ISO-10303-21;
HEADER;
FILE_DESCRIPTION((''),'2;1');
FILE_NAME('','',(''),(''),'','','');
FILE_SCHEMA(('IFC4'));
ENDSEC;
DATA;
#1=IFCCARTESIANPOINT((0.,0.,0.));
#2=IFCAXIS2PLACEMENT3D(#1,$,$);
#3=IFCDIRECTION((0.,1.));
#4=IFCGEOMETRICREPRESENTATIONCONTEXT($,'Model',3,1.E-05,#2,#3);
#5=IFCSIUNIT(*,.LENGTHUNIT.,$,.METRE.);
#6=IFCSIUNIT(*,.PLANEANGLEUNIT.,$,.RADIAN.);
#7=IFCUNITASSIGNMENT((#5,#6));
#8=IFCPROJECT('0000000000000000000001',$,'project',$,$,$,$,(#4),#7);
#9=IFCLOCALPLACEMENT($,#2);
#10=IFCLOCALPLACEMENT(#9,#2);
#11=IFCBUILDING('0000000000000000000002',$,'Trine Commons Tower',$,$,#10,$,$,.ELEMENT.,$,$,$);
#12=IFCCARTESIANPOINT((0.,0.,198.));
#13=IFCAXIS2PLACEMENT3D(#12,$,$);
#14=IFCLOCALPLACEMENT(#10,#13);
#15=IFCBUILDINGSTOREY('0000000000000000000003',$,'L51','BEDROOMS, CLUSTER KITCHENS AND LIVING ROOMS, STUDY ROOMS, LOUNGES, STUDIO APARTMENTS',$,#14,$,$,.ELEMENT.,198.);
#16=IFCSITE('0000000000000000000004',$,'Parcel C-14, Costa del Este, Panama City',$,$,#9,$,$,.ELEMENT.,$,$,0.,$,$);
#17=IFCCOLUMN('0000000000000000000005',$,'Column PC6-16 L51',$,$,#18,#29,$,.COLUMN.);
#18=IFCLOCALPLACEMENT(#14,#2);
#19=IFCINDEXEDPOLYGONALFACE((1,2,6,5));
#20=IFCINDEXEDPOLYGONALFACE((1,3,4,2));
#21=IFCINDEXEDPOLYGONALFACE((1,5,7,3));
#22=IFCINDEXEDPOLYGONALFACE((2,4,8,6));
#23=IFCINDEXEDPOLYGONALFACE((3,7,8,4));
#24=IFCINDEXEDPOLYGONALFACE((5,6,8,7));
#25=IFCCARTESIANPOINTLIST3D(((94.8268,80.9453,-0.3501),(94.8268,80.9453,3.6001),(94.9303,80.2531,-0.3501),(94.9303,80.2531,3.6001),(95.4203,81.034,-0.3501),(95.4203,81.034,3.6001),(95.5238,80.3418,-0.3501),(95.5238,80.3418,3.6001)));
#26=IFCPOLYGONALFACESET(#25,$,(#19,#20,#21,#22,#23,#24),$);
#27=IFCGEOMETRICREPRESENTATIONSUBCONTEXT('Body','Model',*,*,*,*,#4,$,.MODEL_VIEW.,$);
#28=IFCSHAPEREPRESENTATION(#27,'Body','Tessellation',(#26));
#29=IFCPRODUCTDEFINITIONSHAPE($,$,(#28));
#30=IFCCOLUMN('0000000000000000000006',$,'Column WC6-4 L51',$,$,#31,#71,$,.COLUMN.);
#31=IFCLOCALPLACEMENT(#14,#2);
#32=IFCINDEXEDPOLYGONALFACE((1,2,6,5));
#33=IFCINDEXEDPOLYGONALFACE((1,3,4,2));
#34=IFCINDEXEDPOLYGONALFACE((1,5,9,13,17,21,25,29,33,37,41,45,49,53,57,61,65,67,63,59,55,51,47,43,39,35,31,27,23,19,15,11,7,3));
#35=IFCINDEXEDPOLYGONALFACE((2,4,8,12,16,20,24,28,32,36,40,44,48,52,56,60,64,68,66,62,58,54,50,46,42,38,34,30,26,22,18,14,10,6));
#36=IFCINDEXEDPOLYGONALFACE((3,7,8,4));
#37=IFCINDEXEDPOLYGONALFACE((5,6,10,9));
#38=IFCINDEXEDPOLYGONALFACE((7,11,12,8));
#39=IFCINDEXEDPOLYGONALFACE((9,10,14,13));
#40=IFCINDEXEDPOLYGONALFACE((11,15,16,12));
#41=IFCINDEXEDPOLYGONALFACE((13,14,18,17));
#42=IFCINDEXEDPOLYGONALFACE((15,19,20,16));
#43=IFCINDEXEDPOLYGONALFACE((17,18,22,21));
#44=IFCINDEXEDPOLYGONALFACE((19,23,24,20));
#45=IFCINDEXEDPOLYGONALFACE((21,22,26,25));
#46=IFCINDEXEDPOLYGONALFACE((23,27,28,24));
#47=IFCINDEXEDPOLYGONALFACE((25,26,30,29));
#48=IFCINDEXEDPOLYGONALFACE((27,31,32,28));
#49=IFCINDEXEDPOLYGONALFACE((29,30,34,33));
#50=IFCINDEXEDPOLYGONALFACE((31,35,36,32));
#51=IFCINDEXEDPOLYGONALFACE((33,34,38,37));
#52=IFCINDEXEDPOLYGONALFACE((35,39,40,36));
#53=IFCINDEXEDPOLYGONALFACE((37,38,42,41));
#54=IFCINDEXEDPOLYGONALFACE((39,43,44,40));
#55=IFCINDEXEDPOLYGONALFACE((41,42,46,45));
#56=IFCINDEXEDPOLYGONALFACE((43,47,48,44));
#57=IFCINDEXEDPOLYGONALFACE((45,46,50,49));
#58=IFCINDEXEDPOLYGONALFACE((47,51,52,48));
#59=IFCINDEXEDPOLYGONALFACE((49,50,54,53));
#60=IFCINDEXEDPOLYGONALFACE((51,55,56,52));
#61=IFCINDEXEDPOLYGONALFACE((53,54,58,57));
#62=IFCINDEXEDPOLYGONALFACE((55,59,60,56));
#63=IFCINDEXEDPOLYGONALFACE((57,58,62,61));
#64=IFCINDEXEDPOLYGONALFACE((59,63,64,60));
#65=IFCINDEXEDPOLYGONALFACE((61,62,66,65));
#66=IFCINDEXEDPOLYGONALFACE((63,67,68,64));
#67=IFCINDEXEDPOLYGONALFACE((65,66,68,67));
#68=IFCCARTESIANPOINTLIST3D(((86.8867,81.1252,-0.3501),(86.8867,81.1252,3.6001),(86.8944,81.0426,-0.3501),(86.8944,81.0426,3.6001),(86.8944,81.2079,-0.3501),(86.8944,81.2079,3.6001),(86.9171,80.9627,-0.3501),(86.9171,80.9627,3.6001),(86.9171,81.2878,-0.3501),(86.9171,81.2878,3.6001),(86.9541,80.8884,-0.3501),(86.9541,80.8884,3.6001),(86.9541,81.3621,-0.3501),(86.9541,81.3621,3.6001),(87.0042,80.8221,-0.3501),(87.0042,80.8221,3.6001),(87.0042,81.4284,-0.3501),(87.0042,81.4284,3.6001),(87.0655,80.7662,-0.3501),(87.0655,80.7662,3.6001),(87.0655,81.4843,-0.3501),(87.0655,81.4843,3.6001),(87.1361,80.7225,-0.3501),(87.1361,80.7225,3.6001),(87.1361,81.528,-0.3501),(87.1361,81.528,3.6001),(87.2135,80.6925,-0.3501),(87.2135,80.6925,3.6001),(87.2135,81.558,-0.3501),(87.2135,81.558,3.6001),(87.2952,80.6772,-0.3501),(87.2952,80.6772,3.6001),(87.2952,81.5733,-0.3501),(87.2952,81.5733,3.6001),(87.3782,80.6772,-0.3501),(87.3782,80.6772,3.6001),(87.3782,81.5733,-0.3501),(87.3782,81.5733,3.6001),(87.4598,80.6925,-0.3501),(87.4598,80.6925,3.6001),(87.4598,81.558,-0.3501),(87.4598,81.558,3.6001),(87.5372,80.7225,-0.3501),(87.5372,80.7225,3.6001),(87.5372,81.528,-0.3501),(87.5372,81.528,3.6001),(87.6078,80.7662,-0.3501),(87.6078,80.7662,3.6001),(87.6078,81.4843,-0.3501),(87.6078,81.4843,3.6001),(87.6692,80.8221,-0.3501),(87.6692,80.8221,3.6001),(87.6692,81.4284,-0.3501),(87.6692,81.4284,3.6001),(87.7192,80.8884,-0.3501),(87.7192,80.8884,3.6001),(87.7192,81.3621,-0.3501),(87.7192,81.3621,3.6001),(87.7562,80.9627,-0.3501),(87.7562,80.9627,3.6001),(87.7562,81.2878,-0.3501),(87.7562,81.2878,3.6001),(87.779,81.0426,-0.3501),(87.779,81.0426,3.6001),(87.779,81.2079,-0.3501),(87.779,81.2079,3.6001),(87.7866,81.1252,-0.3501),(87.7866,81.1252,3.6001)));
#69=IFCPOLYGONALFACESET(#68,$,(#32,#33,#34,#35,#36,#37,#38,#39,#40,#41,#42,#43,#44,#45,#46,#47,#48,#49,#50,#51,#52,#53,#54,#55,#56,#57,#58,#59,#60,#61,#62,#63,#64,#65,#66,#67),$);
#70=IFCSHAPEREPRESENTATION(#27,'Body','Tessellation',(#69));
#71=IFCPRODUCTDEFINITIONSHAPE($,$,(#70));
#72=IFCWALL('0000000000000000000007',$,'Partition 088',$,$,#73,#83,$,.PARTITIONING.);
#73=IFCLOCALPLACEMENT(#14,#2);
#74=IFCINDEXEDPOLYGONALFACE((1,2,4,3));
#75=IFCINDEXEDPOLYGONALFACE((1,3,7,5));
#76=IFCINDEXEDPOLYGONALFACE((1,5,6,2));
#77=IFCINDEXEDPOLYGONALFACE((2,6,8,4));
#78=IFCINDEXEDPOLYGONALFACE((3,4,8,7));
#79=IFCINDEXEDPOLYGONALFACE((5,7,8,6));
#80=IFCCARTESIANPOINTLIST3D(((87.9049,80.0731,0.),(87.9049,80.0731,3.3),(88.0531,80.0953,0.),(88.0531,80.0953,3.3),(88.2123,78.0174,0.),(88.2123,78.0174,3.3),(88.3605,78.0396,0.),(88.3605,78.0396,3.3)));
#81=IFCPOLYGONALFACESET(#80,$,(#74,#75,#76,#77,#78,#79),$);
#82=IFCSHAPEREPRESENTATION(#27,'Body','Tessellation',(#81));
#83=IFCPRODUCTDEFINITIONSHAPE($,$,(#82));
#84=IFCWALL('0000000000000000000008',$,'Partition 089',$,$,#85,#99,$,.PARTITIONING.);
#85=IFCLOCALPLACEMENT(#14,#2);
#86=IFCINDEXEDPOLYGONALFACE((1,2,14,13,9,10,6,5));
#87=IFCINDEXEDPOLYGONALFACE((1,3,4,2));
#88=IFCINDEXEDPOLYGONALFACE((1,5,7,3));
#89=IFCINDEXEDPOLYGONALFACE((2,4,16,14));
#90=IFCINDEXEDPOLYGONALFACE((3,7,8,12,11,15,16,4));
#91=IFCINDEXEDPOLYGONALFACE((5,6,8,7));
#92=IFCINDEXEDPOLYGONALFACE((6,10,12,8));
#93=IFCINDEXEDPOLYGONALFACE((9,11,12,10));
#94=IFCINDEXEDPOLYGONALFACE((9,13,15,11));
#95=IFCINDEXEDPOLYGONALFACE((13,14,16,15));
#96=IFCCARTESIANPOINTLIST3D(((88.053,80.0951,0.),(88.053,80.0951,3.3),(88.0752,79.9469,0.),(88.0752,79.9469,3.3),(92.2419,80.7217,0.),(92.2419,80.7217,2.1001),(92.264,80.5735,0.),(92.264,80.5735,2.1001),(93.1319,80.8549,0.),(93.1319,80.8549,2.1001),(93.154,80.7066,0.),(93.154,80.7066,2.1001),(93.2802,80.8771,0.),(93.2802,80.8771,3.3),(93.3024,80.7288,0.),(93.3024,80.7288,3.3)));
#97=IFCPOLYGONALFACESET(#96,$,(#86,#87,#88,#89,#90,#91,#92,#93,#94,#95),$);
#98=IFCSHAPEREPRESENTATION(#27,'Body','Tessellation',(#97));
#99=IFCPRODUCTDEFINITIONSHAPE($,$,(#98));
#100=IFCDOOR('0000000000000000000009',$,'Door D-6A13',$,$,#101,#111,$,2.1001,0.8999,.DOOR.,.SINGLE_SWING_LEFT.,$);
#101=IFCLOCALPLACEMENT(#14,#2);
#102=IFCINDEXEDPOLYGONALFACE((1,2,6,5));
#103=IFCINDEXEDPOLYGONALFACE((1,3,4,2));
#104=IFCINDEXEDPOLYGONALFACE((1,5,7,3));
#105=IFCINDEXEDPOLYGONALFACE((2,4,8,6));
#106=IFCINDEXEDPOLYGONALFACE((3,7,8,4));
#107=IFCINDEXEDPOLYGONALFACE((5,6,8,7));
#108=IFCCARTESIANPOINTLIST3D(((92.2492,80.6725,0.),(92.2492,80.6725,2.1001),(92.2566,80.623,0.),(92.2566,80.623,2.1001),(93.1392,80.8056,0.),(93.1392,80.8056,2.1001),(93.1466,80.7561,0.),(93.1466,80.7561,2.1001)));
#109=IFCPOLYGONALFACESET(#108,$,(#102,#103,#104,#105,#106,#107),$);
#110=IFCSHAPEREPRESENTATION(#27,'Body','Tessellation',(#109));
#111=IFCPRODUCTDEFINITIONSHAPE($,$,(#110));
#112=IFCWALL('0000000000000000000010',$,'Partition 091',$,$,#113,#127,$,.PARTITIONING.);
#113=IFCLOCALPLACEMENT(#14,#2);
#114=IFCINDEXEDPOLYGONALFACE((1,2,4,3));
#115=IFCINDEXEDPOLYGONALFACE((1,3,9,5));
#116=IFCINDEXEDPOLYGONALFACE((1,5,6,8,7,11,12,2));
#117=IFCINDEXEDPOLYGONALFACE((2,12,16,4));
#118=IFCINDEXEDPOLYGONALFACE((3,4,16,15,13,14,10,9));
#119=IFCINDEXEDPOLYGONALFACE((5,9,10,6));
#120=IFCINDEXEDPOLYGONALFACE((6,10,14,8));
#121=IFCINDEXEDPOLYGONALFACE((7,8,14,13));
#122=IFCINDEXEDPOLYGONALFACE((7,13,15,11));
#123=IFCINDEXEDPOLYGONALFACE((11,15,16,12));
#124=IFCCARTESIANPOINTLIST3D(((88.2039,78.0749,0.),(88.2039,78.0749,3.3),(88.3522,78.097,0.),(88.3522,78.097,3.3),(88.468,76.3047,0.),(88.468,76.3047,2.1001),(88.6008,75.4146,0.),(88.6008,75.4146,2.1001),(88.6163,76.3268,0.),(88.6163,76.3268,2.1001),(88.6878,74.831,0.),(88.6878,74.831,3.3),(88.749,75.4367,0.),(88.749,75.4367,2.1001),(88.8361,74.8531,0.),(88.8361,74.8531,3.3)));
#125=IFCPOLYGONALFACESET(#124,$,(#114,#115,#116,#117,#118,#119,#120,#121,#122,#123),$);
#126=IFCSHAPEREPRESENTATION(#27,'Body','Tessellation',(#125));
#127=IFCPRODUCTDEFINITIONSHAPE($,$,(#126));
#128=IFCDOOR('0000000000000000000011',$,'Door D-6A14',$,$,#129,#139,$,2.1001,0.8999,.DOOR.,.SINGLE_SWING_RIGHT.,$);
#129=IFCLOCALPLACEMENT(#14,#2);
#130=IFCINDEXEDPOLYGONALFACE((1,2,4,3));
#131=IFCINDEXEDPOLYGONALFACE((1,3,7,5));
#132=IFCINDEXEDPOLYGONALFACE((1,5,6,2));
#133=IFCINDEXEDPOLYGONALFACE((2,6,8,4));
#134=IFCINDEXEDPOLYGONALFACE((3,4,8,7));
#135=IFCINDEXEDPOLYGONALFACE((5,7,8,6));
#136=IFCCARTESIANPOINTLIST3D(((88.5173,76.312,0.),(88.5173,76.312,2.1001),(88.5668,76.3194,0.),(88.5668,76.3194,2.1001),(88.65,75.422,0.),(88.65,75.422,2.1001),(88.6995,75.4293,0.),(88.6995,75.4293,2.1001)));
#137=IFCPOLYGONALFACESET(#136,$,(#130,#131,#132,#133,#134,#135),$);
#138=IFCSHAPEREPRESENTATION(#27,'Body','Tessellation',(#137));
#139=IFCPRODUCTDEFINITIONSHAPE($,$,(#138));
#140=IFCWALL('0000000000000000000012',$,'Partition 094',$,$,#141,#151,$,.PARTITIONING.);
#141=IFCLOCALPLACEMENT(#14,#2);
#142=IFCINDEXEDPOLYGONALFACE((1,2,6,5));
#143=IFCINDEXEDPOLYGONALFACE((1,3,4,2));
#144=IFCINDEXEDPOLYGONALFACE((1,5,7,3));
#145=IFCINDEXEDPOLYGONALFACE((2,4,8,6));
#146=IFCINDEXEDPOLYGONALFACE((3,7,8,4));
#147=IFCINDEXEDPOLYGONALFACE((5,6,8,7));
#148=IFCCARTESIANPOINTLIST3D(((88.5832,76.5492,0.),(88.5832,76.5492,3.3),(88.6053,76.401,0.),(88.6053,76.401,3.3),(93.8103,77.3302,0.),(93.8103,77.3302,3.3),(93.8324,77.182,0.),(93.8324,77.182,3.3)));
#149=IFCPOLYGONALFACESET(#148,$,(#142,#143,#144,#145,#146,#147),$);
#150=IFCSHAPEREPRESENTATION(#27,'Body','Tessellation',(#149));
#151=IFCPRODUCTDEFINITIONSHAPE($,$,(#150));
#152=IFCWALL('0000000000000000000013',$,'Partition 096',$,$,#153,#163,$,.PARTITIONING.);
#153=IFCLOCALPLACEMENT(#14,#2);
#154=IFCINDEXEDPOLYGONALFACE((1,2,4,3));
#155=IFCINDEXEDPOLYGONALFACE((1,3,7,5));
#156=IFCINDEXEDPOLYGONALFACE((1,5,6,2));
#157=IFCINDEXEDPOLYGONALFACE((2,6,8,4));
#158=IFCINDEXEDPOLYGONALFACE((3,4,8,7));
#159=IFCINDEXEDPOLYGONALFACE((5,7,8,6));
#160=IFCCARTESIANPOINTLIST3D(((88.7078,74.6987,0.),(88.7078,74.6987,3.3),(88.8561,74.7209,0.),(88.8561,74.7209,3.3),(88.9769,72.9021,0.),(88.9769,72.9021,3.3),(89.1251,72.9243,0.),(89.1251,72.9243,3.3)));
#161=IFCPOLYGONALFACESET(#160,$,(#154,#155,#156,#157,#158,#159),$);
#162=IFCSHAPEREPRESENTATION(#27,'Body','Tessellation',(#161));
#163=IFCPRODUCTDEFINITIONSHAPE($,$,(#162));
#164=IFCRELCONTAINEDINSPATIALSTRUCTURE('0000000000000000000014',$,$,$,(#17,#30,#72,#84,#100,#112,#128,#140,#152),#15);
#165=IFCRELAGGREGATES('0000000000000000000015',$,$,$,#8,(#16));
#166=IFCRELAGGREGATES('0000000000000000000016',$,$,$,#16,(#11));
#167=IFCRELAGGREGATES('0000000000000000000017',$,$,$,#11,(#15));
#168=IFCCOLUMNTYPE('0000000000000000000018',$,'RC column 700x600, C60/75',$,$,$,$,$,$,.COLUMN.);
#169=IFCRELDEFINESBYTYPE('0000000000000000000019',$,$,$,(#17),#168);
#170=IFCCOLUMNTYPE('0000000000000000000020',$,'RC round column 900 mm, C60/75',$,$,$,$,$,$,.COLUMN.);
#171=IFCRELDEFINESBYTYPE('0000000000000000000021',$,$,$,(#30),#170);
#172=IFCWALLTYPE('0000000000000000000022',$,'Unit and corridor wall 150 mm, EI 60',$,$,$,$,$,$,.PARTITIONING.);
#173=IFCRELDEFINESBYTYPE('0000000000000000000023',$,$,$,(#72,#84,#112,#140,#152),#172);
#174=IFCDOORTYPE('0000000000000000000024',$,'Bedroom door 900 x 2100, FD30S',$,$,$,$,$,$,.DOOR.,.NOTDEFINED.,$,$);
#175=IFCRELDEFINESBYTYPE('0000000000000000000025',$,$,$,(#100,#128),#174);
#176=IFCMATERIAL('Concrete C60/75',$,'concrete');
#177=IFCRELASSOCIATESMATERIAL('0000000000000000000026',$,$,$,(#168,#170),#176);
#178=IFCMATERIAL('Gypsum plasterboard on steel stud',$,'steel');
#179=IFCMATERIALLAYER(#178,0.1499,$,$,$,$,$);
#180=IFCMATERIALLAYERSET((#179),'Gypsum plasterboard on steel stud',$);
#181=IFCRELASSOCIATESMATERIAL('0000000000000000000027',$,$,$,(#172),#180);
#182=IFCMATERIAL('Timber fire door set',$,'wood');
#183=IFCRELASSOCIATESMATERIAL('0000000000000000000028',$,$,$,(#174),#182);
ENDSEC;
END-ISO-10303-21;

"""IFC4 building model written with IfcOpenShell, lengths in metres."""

from ifc_helpers import new_model, si_unit, direction, frame, frame_2d, origin, origin_2d, place, context, subcontext, project, spatial, rectangle, circle, extrude, material, layer, layer_set, material_profile, profile_set, type_object, element, fill, save


model = new_model("IFC4")

# Units and contexts
model_context = context("Model", 3, precision=1e-05, world=origin(), true_north=direction((0.0, 1.0)))
body_context = subcontext(model_context, "Body", "Model", "MODEL_VIEW")
ifc_project = project(units=[si_unit("LENGTHUNIT", "METRE"), si_unit("PLANEANGLEUNIT", "RADIAN")], contexts=[model_context])

# Site, building, storey
site_placement = place(None, origin())
site = spatial("IfcSite", under=ifc_project, at=site_placement, Name="Parcel C-14, Costa del Este, Panama City", CompositionType="ELEMENT", RefElevation=0.0)
building_placement = place(site_placement, origin())
building = spatial("IfcBuilding", under=site, at=building_placement, Name="Trine Commons Tower", CompositionType="ELEMENT")
storey_placement = place(building_placement, frame((0.0, 0.0, 198.0)))
storey = spatial("IfcBuildingStorey", under=building, at=storey_placement, Name="L51", Description="BEDROOMS, CLUSTER KITCHENS AND LIVING ROOMS, STUDY ROOMS, LOUNGES, STUDIO APARTMENTS", CompositionType="ELEMENT", Elevation=198.0)

# Columns
ifc_material_1 = material(Name="Concrete C60/75", Category="concrete")
ifc_material_profile_1 = material_profile(ifc_material_1, rectangle(XDim=0.7, YDim=0.6001, at=origin_2d()), Name="RC 700x600")
ifc_profile_set_1 = profile_set([ifc_material_profile_1], Name="Concrete C60/75")
column_type_1 = type_object("IfcColumnType", Name="RC column 700x600, C60/75", PredefinedType="COLUMN", material=ifc_profile_set_1)
column_1_placement = place(storey_placement, frame((95.1753, 80.6436, -0.3501), z_axis=(0.0, 0.0, 1.0), x_axis=(-0.147809, 0.989016, 0.0)))
element("IfcColumn", 1, at=column_1_placement, inside=storey, type_object=column_type_1, Name="Column PC6-16 L51", PredefinedType="COLUMN", context=body_context, shape_type="SweptSolid", body=[
    extrude(rectangle(XDim=0.7, YDim=0.6001, at=origin_2d()), origin(), (0.0, 0.0, 1.0), 3.9502),
])
ifc_material_profile_2 = material_profile(ifc_material_1, circle(Radius=0.45, at=origin_2d()), Name="RC round 900")
ifc_profile_set_2 = profile_set([ifc_material_profile_2], Name="Concrete C60/75")
column_type_2 = type_object("IfcColumnType", Name="RC round column 900 mm, C60/75", PredefinedType="COLUMN", material=ifc_profile_set_2)
column_2_placement = place(storey_placement, frame((87.3367, 81.1252, -0.3501), z_axis=(0.0, 0.0, 1.0), x_axis=(1.0, 0.0, 0.0)))
element("IfcColumn", 2, at=column_2_placement, inside=storey, type_object=column_type_2, Name="Column WC6-4 L51", PredefinedType="COLUMN", context=body_context, shape_type="SweptSolid", body=[
    extrude(circle(Radius=0.45, at=origin_2d()), origin(), (0.0, 0.0, 1.0), 3.9502),
])

# Wall
ifc_material_2 = material(Name="Gypsum plasterboard on steel stud", Category="steel")
ifc_layer_1 = layer(ifc_material_2, 0.1499)
ifc_layer_set_1 = layer_set([ifc_layer_1], Name="Gypsum plasterboard on steel stud")
wall_type_1 = type_object("IfcWallType", Name="Unit and corridor wall 150 mm, EI 60", PredefinedType="PARTITIONING", material=ifc_layer_set_1)
wall_1_placement = place(storey_placement, frame((87.979, 80.0842, 0.0), z_axis=(0.0, 0.0, 1.0), x_axis=(0.147881, -0.989005, 0.0)))
element("IfcWall", 3, at=wall_1_placement, inside=storey, type_object=wall_type_1, Name="Partition 088", PredefinedType="PARTITIONING", context=body_context, shape_type="SweptSolid", body=[
    extrude(rectangle(XDim=2.0786, YDim=0.1499, at=frame_2d((1.0393, 0.0))), origin(), (0.0, 0.0, 1.0), 3.3),
])

# Walls, openings, doors
wall_2_placement = place(storey_placement, frame((88.0642, 80.021, 0.0), z_axis=(0.0, 0.0, 1.0), x_axis=(0.988995, 0.14795, 0.0)))
wall_2 = element("IfcWall", 4, at=wall_2_placement, inside=storey, type_object=wall_type_1, Name="Partition 089", PredefinedType="PARTITIONING", context=body_context, shape_type="SweptSolid", body=[
    extrude(rectangle(XDim=5.2854, YDim=0.1499, at=frame_2d((2.6426, 0.0))), origin(), (0.0, 0.0, 1.0), 3.3),
])
opening_1_placement = place(wall_2_placement, frame((4.2354, 0.0, 0.0)))
opening_1 = element("IfcOpeningElement", 5, at=opening_1_placement, cuts=wall_2, PredefinedType="OPENING", context=body_context, shape_type="SweptSolid", body=[
    extrude(rectangle(XDim=0.8999, YDim=2.1001, at=frame_2d((0.45, 1.05))), frame((0.0, 0.085, 0.0), z_axis=(0.0, -1.0, 0.0), x_axis=(1.0, 0.0, 0.0)), (0.0, 0.0, 1.0), 0.1699),
])
ifc_material_3 = material(Name="Timber fire door set", Category="wood")
door_type_1 = type_object("IfcDoorType", Name="Bedroom door 900 x 2100, FD30S", OperationType="NOTDEFINED", PredefinedType="DOOR", material=ifc_material_3)
door_1_placement = place(opening_1_placement, frame((0.8999, 0.0, 0.0), z_axis=(0.0, 0.0, 1.0), x_axis=(-1.0, 0.0, 0.0)))
door_1 = element("IfcDoor", 6, at=door_1_placement, inside=storey, type_object=door_type_1, Name="Door D-6A13", OperationType="SINGLE_SWING_LEFT", OverallHeight=2.1001, OverallWidth=0.8999, PredefinedType="DOOR", context=body_context, shape_type="SweptSolid", body=[
    extrude(rectangle(XDim=0.8999, YDim=2.1001, at=frame_2d((0.45, 1.05))), frame((0.0, 0.0249, 0.0), z_axis=(0.0, -1.0, 0.0), x_axis=(1.0, 0.0, 0.0)), (0.0, 0.0, 1.0), 0.05),
])
fill(opening_1, door_1)
wall_3_placement = place(storey_placement, frame((88.2781, 78.0859, 0.0), z_axis=(0.0, 0.0, 1.0), x_axis=(0.147536, -0.989057, 0.0)))
wall_3 = element("IfcWall", 7, at=wall_3_placement, inside=storey, type_object=wall_type_1, Name="Partition 091", PredefinedType="PARTITIONING", context=body_context, shape_type="SweptSolid", body=[
    extrude(rectangle(XDim=3.2798, YDim=0.1499, at=frame_2d((1.6399, 0.0))), origin(), (0.0, 0.0, 1.0), 3.3),
])
opening_2_placement = place(wall_3_placement, frame((1.7898, 0.0, 0.0)))
opening_2 = element("IfcOpeningElement", 8, at=opening_2_placement, cuts=wall_3, PredefinedType="OPENING", context=body_context, shape_type="SweptSolid", body=[
    extrude(rectangle(XDim=0.8999, YDim=2.1001, at=frame_2d((0.45, 1.05))), frame((0.0, 0.085, 0.0), z_axis=(0.0, -1.0, 0.0), x_axis=(1.0, 0.0, 0.0)), (0.0, 0.0, 1.0), 0.1699),
])
door_2_placement = place(opening_2_placement, origin())
door_2 = element("IfcDoor", 9, at=door_2_placement, inside=storey, type_object=door_type_1, Name="Door D-6A14", OperationType="SINGLE_SWING_RIGHT", OverallHeight=2.1001, OverallWidth=0.8999, PredefinedType="DOOR", context=body_context, shape_type="SweptSolid", body=[
    extrude(rectangle(XDim=0.8999, YDim=2.1001, at=frame_2d((0.45, 1.05))), frame((0.0, 0.0249, 0.0), z_axis=(0.0, -1.0, 0.0), x_axis=(1.0, 0.0, 0.0)), (0.0, 0.0, 1.0), 0.05),
])
fill(opening_2, door_2)

# Walls
wall_4_placement = place(storey_placement, frame((88.5942, 76.4751, 0.0), z_axis=(0.0, 0.0, 1.0), x_axis=(0.989021, 0.147776, 0.0)))
element("IfcWall", 10, at=wall_4_placement, inside=storey, type_object=wall_type_1, Name="Partition 094", PredefinedType="PARTITIONING", context=body_context, shape_type="SweptSolid", body=[
    extrude(rectangle(XDim=5.2852, YDim=0.1499, at=frame_2d((2.6426, 0.0))), origin(), (0.0, 0.0, 1.0), 3.3),
])
wall_5_placement = place(storey_placement, frame((88.782, 74.7097, 0.0), z_axis=(0.0, 0.0, 1.0), x_axis=(0.148097, -0.988973, 0.0)))
element("IfcWall", 11, at=wall_5_placement, inside=storey, type_object=wall_type_1, Name="Partition 096", PredefinedType="PARTITIONING", context=body_context, shape_type="SweptSolid", body=[
    extrude(rectangle(XDim=1.8167, YDim=0.1499, at=frame_2d((0.9082, 0.0))), origin(), (0.0, 0.0, 1.0), 3.3),
])

save(model, "model.ifc")
